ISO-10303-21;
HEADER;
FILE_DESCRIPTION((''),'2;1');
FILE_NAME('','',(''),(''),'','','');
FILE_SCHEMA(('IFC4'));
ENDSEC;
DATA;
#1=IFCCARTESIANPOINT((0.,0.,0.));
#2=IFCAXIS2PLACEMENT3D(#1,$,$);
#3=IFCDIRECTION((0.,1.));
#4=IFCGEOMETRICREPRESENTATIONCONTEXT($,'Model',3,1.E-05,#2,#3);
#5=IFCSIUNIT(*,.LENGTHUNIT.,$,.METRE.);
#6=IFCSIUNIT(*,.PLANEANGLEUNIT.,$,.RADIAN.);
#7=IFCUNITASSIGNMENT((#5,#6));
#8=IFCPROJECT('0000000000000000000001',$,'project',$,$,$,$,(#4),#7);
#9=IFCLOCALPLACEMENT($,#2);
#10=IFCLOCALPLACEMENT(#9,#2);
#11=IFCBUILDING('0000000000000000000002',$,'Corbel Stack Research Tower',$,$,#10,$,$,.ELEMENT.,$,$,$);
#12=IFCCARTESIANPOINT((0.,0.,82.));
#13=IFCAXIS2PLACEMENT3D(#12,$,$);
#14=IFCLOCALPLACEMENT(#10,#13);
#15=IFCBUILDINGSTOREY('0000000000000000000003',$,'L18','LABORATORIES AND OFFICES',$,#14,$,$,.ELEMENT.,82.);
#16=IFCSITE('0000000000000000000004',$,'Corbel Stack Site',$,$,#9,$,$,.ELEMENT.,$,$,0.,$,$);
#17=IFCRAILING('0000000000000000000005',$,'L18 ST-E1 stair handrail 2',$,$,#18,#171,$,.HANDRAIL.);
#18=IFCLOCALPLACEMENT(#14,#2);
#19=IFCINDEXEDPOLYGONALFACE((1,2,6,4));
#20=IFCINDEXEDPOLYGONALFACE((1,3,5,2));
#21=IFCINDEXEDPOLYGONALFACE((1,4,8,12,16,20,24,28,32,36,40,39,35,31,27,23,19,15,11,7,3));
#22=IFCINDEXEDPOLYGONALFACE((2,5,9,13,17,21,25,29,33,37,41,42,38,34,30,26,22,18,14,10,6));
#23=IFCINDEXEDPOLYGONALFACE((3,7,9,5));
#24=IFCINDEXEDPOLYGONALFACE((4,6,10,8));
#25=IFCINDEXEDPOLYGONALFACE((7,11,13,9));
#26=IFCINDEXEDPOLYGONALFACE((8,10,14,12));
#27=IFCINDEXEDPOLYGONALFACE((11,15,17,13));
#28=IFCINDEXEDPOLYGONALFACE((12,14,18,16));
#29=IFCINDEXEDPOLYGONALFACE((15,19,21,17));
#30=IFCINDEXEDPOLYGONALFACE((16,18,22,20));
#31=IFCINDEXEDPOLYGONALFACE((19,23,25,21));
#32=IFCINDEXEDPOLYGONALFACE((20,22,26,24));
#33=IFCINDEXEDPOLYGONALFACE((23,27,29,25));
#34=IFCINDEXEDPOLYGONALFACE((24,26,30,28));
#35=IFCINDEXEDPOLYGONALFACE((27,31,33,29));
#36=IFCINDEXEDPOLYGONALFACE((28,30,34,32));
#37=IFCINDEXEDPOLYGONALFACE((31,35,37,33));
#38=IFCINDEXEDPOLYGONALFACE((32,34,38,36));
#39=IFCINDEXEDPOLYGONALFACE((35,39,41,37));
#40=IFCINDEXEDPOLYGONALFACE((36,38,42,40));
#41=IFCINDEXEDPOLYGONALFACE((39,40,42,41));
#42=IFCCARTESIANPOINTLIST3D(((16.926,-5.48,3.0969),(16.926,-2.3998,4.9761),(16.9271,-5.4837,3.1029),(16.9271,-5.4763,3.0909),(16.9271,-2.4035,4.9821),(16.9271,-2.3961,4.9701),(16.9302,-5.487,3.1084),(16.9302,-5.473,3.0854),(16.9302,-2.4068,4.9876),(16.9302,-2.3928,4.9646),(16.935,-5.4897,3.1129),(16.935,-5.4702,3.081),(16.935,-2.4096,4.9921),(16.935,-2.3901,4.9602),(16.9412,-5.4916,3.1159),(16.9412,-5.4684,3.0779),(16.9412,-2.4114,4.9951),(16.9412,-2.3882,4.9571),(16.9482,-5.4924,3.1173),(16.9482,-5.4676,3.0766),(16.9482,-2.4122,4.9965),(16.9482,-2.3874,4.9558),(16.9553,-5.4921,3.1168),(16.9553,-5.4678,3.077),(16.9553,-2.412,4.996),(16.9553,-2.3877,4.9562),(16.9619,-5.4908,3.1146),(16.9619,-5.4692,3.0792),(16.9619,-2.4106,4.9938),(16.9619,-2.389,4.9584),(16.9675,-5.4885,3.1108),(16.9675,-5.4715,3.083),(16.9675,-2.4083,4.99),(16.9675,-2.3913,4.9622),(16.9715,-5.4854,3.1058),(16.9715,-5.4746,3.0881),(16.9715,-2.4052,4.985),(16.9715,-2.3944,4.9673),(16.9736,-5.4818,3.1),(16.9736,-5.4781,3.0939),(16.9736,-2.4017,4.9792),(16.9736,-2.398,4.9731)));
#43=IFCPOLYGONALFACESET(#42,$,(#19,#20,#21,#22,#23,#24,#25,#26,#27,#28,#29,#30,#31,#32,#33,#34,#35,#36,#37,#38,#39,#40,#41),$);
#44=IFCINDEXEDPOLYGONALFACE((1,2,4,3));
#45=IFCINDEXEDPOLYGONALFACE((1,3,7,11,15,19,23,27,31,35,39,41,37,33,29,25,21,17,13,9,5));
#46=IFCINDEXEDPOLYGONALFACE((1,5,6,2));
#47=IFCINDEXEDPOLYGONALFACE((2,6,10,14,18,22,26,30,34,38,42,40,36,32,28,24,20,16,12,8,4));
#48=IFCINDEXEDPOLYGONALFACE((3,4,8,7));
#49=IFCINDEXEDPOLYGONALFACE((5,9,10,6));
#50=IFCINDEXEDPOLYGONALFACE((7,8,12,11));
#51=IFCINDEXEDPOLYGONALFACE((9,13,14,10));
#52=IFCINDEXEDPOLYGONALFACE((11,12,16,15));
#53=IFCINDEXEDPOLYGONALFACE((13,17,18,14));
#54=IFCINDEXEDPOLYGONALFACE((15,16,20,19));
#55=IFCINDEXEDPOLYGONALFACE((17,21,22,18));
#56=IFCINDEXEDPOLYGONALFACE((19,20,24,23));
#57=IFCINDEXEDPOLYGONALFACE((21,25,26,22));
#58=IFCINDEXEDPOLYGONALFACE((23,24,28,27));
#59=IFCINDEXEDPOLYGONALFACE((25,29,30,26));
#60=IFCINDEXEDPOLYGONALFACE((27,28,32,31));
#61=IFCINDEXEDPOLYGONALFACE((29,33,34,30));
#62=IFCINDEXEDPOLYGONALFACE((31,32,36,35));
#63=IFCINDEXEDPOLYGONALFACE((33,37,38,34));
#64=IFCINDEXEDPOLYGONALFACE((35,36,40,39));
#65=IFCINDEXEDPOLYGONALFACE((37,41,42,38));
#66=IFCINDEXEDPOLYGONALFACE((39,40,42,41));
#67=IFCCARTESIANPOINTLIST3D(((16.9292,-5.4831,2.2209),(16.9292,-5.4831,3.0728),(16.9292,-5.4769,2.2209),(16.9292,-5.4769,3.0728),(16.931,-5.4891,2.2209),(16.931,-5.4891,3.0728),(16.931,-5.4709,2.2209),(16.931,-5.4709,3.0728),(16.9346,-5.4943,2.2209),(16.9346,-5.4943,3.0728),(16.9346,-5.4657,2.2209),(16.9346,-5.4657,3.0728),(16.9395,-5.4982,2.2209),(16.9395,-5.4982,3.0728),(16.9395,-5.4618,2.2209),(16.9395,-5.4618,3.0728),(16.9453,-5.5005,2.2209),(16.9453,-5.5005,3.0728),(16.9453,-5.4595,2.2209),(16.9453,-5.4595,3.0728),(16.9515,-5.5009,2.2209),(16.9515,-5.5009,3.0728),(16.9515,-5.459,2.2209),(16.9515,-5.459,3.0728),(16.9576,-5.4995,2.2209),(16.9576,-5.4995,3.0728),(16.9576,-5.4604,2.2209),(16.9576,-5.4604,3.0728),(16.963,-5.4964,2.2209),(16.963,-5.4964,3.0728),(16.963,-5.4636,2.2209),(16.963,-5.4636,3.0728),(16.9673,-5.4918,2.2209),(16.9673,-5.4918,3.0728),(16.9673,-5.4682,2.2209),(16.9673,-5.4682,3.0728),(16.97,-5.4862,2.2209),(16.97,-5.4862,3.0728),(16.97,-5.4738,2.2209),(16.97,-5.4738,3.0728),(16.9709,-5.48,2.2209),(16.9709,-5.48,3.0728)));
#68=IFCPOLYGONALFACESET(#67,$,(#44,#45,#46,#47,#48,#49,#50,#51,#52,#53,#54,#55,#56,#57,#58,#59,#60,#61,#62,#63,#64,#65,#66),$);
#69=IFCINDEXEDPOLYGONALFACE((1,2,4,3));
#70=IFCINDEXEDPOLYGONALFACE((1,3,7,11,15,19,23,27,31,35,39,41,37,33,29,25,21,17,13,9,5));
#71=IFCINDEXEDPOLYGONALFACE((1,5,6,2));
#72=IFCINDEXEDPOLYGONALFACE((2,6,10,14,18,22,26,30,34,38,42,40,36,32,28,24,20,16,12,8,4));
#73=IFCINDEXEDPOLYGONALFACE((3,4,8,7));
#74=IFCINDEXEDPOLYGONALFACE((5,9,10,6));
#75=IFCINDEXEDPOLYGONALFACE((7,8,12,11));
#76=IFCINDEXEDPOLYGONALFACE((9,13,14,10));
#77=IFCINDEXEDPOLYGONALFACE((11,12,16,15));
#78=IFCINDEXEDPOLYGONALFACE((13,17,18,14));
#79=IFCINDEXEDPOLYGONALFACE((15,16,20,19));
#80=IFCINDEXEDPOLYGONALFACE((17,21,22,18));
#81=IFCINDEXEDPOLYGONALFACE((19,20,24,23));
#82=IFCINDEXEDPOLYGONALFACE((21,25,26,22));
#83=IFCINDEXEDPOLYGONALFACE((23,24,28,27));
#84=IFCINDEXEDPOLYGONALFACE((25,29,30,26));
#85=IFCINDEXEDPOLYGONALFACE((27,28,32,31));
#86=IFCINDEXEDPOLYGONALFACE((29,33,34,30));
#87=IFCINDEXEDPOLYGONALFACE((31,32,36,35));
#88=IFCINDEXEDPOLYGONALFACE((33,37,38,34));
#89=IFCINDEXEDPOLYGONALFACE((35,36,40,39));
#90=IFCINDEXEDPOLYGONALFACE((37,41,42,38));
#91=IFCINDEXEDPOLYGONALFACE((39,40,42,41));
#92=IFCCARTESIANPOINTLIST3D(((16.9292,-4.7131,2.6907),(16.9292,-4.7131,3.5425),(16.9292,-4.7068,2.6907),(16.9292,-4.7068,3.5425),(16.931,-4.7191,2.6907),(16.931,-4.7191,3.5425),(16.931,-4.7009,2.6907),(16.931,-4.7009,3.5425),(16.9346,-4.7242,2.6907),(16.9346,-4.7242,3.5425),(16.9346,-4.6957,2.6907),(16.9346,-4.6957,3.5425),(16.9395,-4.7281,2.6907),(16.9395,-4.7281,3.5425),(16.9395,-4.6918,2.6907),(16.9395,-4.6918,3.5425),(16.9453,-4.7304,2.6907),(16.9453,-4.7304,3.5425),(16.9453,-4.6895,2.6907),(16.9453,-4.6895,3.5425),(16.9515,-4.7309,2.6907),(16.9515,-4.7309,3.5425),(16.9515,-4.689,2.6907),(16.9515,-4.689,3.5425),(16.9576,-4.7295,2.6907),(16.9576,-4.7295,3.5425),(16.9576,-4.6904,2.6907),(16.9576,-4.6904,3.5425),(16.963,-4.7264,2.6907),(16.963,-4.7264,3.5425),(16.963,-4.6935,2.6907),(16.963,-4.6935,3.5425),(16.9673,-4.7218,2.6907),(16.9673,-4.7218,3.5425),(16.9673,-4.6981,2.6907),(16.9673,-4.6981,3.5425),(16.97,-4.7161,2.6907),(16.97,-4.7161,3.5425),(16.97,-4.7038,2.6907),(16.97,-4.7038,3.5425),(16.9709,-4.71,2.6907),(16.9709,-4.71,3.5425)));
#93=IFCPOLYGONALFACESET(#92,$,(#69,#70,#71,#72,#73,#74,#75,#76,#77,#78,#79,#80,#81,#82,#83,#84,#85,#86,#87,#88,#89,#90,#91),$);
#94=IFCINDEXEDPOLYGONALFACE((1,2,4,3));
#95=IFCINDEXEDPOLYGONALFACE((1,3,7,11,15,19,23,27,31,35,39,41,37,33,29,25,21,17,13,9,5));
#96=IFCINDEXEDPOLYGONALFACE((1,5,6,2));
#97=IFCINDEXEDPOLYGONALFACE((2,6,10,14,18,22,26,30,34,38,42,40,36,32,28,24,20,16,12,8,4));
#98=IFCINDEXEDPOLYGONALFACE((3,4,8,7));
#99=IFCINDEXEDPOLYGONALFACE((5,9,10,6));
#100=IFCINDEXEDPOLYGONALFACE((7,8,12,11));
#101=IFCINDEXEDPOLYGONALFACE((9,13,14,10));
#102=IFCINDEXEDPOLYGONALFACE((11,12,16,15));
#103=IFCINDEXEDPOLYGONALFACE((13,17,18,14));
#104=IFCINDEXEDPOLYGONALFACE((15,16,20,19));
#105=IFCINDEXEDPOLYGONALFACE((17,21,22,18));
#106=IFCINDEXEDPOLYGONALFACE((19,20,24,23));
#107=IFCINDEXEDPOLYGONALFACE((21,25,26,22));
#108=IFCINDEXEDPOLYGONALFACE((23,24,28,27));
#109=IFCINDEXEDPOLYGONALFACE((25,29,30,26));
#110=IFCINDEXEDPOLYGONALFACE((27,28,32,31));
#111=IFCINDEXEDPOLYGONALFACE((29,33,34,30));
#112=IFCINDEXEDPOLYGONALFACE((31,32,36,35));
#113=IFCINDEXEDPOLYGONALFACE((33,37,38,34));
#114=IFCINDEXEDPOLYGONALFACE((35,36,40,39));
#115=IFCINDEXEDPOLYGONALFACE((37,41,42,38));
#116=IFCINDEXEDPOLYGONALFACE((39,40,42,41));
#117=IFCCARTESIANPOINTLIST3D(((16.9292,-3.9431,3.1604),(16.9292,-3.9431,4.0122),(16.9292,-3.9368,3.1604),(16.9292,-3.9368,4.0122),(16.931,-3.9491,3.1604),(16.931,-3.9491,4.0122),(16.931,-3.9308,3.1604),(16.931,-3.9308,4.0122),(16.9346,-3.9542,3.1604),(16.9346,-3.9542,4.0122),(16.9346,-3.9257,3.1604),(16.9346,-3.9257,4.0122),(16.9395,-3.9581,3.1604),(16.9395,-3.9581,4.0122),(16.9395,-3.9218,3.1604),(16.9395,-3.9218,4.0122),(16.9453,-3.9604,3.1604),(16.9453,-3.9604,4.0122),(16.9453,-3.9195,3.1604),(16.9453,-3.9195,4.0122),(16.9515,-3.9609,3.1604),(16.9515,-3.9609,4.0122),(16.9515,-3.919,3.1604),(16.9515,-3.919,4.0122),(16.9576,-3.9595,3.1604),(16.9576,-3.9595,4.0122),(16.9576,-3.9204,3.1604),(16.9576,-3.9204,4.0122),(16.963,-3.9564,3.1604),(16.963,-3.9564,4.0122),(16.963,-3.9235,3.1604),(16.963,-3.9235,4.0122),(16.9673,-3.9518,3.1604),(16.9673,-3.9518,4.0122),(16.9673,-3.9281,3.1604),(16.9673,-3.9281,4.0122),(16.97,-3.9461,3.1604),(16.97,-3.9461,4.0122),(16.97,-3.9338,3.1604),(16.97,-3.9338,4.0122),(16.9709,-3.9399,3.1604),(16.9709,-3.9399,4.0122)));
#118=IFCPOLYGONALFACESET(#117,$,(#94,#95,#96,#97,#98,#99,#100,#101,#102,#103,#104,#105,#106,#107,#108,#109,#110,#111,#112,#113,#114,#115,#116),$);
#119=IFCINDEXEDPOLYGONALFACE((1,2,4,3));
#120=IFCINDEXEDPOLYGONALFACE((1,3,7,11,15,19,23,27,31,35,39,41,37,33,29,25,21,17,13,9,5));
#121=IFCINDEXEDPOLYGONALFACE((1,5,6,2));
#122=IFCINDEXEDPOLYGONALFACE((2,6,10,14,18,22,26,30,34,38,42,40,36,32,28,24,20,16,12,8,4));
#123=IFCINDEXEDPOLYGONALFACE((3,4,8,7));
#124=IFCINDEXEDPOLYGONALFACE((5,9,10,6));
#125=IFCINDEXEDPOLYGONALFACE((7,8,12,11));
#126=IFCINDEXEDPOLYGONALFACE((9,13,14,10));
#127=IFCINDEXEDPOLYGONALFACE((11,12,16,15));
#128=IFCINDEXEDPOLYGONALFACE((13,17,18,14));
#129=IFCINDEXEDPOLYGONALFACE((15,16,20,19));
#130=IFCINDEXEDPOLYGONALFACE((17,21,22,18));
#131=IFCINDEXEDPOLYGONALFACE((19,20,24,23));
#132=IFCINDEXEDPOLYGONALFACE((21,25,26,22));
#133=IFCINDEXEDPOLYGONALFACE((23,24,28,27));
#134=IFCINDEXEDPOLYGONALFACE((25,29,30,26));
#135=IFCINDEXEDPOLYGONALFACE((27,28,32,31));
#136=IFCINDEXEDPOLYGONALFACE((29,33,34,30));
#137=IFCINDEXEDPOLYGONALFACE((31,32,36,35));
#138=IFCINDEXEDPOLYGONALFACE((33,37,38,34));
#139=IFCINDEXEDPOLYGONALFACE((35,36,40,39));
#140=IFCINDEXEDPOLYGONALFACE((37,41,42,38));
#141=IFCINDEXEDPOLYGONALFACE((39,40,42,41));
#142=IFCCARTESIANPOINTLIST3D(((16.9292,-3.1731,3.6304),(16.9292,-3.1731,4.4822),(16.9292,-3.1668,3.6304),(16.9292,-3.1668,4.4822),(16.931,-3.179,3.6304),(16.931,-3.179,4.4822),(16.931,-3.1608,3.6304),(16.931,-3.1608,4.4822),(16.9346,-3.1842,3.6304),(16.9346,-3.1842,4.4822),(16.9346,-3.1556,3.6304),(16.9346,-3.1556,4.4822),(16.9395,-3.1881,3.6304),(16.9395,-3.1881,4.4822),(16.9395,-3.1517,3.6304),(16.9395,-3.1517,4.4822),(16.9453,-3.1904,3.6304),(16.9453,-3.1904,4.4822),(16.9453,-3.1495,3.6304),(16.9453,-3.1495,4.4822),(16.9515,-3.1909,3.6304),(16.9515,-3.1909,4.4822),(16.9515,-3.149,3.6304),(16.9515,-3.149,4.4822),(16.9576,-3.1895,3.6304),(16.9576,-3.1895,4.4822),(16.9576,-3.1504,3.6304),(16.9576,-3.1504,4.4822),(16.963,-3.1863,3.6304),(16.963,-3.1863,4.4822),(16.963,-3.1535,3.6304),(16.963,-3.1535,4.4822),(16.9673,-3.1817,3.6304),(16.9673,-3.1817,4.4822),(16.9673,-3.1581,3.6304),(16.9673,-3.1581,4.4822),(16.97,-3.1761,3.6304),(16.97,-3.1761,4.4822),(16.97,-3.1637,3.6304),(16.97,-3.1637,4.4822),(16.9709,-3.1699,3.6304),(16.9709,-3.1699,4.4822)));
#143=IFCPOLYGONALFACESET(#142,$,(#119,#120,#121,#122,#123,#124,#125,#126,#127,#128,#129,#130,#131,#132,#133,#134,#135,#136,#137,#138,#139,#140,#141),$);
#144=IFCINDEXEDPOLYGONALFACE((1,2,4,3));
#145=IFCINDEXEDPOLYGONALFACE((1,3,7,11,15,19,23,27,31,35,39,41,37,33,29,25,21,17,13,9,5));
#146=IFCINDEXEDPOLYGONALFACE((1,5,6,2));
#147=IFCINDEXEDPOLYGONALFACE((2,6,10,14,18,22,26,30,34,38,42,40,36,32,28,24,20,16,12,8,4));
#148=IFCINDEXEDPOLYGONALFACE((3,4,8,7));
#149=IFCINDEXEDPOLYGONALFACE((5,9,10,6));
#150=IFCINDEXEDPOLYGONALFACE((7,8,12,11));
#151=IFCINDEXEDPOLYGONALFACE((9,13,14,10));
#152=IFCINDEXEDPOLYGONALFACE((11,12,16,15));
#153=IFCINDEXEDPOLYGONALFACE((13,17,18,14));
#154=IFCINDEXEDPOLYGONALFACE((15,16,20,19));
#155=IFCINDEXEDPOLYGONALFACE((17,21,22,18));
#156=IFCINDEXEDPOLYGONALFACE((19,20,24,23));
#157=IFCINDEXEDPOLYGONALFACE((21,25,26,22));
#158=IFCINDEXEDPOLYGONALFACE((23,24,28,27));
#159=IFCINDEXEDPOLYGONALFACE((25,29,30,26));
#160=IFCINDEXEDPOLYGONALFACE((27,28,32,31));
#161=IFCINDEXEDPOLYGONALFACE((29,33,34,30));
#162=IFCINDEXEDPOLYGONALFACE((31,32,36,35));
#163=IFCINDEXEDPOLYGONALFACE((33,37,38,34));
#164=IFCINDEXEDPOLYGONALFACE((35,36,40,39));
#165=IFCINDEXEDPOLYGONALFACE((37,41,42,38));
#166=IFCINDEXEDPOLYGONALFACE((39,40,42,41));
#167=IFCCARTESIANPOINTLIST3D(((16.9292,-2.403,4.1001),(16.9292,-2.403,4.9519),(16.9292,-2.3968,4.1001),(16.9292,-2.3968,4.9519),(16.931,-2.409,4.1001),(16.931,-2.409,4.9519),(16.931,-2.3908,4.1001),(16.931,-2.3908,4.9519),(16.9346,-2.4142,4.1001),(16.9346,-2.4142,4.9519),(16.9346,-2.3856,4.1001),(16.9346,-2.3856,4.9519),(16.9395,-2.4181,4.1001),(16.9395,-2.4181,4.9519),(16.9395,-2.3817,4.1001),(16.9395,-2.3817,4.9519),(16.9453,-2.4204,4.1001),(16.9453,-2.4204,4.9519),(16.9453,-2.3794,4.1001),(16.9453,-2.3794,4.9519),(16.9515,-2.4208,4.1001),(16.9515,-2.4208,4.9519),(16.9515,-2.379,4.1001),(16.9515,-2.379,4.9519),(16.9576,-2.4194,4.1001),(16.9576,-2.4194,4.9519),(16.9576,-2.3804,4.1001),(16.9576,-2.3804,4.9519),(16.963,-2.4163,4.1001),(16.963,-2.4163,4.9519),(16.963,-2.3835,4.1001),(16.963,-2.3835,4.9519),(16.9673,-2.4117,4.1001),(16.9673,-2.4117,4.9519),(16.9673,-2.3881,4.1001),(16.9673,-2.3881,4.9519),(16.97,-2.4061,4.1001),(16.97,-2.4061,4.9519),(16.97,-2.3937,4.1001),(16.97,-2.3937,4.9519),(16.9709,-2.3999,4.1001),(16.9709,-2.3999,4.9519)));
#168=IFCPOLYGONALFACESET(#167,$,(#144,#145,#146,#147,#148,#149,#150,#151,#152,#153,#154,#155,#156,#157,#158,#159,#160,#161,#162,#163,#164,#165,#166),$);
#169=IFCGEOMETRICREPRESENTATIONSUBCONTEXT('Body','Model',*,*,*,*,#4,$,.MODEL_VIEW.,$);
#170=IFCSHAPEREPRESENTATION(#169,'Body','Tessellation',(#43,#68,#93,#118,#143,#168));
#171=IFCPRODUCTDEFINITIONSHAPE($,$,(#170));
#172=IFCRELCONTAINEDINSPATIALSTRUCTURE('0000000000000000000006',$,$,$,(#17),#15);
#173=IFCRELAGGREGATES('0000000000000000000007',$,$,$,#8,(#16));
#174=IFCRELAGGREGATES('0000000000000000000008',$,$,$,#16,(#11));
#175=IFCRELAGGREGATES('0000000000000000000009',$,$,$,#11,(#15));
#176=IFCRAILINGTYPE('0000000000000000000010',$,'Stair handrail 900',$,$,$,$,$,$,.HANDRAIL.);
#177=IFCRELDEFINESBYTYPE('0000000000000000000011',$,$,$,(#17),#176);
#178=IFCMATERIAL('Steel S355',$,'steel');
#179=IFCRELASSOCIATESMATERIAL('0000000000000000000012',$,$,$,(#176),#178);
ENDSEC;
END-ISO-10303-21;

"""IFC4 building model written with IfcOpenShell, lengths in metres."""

from ifc_helpers import new_model, si_unit, direction, frame, origin, origin_2d, place, context, subcontext, project, spatial, circle, extrude, material, type_object, element, save


model = new_model("IFC4")

# Units and contexts
model_context = context("Model", 3, precision=1e-05, world=origin(), true_north=direction((0.0, 1.0)))
body_context = subcontext(model_context, "Body", "Model", "MODEL_VIEW")
ifc_project = project(units=[si_unit("LENGTHUNIT", "METRE"), si_unit("PLANEANGLEUNIT", "RADIAN")], contexts=[model_context])

# Site, building, storey
site_placement = place(None, origin())
site = spatial("IfcSite", under=ifc_project, at=site_placement, Name="Corbel Stack Site", CompositionType="ELEMENT", RefElevation=0.0)
building_placement = place(site_placement, origin())
building = spatial("IfcBuilding", under=site, at=building_placement, Name="Corbel Stack Research Tower", CompositionType="ELEMENT")
storey_placement = place(building_placement, frame((0.0, 0.0, 82.0)))
storey = spatial("IfcBuildingStorey", under=building, at=storey_placement, Name="L18", Description="LABORATORIES AND OFFICES", CompositionType="ELEMENT", Elevation=82.0)

# Railing
ifc_material_1 = material(Name="Steel S355", Category="steel")
railing_type_1 = type_object("IfcRailingType", Name="Stair handrail 900", PredefinedType="HANDRAIL", material=ifc_material_1)
railing_1_placement = place(storey_placement, frame((16.95, -5.48, 2.2209)))
element("IfcRailing", 1, at=railing_1_placement, inside=storey, type_object=railing_type_1, Name="L18 ST-E1 stair handrail 2", PredefinedType="HANDRAIL", context=body_context, shape_type="SweptSolid", body=[
    extrude(circle(Radius=0.0239, at=origin_2d()), frame((0.0, 0.0, 0.876), z_axis=(0.0, 0.853666, 0.52082), x_axis=(-1.0, 0.0, 0.0)), (0.0, 0.0, 1.0), 3.6082),
    extrude(circle(Radius=0.021, at=origin_2d()), origin(), (0.0, 0.0, 1.0), 0.8518),
    extrude(circle(Radius=0.021, at=origin_2d()), frame((0.0, 0.77, 0.4697)), (0.0, 0.0, 1.0), 0.8518),
    extrude(circle(Radius=0.021, at=origin_2d()), frame((0.0, 1.54, 0.9395)), (0.0, 0.0, 1.0), 0.8518),
    extrude(circle(Radius=0.021, at=origin_2d()), frame((0.0, 2.3101, 1.4094)), (0.0, 0.0, 1.0), 0.8518),
    extrude(circle(Radius=0.021, at=origin_2d()), frame((0.0, 3.0801, 1.8792)), (0.0, 0.0, 1.0), 0.8518),
])

save(model, "model.ifc")
